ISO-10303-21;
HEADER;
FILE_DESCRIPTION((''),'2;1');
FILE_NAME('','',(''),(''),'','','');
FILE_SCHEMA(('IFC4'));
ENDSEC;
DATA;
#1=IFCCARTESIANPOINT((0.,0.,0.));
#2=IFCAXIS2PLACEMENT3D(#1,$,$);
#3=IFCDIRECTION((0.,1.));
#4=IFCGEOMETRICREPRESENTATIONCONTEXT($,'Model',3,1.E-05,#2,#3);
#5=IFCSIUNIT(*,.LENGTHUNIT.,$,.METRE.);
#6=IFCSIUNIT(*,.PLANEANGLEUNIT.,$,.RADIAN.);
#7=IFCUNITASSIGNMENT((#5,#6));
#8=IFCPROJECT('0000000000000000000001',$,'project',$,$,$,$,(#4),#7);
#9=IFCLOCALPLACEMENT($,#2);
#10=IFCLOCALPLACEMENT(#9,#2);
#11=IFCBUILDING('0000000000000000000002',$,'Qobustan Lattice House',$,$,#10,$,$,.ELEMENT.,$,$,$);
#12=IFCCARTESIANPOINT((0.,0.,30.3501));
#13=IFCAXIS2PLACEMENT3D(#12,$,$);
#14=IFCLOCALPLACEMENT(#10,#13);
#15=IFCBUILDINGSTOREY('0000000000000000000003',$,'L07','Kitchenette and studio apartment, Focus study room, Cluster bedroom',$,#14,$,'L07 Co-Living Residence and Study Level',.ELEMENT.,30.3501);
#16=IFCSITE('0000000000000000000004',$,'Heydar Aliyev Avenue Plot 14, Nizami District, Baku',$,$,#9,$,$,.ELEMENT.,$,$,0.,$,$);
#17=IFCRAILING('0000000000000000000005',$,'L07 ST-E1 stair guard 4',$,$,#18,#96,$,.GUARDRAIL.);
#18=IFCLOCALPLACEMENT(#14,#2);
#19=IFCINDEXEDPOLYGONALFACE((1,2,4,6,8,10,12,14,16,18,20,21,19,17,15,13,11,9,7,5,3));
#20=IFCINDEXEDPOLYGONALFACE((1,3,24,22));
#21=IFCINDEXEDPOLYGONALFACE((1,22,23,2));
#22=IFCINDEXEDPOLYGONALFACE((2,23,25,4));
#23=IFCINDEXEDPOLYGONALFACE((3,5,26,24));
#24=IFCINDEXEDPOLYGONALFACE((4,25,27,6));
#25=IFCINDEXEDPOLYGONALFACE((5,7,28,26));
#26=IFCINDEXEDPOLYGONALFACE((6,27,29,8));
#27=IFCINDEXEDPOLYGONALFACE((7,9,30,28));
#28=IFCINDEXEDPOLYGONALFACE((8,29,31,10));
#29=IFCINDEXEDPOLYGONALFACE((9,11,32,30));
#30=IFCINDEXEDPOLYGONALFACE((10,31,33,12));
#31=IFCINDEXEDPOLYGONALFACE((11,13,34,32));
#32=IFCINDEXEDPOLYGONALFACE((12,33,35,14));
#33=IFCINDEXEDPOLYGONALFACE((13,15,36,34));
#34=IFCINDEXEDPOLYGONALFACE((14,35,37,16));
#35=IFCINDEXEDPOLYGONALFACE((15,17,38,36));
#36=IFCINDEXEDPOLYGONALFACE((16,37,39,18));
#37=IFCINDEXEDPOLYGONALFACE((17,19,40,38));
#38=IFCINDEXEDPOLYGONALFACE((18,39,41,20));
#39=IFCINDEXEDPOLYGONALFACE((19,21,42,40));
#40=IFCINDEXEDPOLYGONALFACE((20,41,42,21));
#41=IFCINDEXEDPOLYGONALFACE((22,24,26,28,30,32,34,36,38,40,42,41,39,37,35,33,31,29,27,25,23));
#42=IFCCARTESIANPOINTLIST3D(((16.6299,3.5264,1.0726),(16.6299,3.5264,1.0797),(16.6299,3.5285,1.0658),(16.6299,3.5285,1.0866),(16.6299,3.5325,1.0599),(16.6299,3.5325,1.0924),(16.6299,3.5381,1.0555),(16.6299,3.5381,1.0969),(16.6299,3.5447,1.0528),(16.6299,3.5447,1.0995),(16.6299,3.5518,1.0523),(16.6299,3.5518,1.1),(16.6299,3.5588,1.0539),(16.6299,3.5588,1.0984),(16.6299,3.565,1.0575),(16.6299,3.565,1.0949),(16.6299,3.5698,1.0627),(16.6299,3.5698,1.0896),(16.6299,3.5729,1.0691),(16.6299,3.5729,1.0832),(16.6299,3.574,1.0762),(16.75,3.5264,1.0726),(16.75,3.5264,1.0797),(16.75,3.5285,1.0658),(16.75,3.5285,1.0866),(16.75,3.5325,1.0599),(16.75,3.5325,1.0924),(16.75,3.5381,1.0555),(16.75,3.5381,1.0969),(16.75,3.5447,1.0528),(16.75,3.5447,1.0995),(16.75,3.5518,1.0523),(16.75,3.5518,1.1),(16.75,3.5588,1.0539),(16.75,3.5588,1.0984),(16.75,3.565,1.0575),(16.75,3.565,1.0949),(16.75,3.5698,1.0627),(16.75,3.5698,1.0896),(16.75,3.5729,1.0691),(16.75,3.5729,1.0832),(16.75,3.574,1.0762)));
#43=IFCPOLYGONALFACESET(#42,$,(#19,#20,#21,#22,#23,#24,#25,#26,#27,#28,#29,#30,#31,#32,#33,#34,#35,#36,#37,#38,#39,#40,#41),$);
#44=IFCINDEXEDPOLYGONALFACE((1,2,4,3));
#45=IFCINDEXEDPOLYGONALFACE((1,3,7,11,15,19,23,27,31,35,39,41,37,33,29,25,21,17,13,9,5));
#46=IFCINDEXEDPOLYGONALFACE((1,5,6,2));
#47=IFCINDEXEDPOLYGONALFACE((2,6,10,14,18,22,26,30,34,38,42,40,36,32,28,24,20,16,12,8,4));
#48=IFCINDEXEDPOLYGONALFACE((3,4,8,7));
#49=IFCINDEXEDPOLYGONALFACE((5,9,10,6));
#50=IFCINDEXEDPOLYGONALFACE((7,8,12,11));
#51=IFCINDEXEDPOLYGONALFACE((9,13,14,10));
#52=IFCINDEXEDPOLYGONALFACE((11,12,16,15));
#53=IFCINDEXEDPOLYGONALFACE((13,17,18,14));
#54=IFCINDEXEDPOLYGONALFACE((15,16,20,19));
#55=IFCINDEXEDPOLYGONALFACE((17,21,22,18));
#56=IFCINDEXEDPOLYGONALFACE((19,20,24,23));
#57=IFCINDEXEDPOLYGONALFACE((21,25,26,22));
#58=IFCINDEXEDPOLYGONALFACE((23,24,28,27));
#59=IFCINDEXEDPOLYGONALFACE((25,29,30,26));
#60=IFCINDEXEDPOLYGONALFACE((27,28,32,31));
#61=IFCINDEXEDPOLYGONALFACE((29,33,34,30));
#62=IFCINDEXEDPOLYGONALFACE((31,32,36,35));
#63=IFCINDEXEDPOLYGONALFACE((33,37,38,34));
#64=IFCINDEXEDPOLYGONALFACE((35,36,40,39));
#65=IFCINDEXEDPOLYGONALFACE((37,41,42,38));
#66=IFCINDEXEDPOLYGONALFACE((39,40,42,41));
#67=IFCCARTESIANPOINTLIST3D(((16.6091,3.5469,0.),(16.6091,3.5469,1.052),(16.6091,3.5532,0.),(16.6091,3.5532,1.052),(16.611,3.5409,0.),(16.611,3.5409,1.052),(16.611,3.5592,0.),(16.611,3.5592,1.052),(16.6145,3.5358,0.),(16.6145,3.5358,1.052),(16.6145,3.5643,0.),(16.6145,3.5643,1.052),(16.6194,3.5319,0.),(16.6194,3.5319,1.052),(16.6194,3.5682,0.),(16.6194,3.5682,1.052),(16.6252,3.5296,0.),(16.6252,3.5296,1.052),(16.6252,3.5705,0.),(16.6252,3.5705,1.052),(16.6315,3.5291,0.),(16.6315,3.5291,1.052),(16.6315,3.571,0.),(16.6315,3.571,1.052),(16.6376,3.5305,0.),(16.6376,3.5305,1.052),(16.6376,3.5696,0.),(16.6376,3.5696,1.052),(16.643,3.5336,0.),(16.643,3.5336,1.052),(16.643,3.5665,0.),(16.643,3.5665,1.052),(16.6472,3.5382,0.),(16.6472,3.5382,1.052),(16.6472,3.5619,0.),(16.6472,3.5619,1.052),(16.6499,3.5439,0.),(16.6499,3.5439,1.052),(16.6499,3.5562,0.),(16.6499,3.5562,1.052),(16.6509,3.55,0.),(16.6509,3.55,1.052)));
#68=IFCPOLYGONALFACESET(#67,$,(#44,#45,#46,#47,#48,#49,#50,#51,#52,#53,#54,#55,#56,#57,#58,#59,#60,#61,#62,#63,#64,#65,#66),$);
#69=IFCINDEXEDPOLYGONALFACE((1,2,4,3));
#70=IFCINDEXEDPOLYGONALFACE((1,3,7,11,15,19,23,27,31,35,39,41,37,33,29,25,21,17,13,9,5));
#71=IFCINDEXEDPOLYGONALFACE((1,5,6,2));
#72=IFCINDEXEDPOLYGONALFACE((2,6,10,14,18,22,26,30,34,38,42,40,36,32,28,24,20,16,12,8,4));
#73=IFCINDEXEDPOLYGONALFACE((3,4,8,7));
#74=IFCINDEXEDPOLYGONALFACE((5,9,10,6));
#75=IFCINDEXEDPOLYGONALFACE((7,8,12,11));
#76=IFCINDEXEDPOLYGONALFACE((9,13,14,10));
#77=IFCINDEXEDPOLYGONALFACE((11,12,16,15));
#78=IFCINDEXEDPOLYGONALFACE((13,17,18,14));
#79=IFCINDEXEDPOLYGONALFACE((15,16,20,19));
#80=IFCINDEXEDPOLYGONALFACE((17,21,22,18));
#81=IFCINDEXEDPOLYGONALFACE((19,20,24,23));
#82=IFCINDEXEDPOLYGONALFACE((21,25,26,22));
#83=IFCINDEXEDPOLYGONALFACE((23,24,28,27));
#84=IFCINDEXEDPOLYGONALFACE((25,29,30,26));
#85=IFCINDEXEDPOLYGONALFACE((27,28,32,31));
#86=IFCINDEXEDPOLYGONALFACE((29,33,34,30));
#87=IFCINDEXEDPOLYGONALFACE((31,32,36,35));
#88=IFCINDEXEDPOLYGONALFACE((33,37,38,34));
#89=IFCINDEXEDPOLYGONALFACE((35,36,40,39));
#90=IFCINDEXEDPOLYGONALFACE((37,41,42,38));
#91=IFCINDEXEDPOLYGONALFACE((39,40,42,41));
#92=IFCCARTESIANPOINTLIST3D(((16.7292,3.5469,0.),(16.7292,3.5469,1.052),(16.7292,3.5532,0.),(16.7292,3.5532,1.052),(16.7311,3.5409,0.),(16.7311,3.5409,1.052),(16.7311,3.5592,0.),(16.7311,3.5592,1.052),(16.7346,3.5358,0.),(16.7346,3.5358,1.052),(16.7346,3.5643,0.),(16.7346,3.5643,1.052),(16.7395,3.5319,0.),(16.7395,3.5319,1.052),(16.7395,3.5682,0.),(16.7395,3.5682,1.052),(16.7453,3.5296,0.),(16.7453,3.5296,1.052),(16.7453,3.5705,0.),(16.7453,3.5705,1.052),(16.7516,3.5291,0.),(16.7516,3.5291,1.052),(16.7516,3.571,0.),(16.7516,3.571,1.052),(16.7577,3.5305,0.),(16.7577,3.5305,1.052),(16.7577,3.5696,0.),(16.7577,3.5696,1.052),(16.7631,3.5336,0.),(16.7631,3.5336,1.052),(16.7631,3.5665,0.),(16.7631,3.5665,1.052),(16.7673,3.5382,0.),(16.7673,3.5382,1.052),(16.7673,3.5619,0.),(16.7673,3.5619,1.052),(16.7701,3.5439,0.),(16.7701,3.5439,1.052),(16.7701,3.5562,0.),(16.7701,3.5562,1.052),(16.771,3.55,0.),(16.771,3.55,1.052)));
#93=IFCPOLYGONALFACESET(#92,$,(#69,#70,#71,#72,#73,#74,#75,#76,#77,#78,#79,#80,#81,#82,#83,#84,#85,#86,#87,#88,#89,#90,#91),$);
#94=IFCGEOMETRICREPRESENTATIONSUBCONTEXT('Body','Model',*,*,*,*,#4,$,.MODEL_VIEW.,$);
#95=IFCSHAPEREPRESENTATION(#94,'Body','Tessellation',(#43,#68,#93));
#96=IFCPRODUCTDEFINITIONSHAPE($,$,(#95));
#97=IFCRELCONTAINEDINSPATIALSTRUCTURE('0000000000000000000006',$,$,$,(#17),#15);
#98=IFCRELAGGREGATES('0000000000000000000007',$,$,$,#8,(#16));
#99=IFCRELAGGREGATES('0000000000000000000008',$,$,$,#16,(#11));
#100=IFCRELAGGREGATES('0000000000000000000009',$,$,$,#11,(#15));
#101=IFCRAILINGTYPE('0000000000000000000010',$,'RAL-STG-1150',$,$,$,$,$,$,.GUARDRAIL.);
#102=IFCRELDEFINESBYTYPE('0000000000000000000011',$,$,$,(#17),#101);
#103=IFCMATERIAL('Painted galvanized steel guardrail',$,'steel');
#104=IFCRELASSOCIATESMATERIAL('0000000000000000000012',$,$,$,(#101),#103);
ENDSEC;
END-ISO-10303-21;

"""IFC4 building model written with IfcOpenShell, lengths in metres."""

from ifc_helpers import new_model, si_unit, direction, frame, origin, origin_2d, place, context, subcontext, project, spatial, circle, extrude, material, type_object, element, save


model = new_model("IFC4")

# Units and contexts
model_context = context("Model", 3, precision=1e-05, world=origin(), true_north=direction((0.0, 1.0)))
body_context = subcontext(model_context, "Body", "Model", "MODEL_VIEW")
ifc_project = project(units=[si_unit("LENGTHUNIT", "METRE"), si_unit("PLANEANGLEUNIT", "RADIAN")], contexts=[model_context])

# Site, building, storey
site_placement = place(None, origin())
site = spatial("IfcSite", under=ifc_project, at=site_placement, Name="Heydar Aliyev Avenue Plot 14, Nizami District, Baku", CompositionType="ELEMENT", RefElevation=0.0)
building_placement = place(site_placement, origin())
building = spatial("IfcBuilding", under=site, at=building_placement, Name="Qobustan Lattice House", CompositionType="ELEMENT")
storey_placement = place(building_placement, frame((0.0, 0.0, 30.3501)))
storey = spatial("IfcBuildingStorey", under=building, at=storey_placement, Name="L07", Description="Kitchenette and studio apartment, Focus study room, Cluster bedroom", LongName="L07 Co-Living Residence and Study Level", CompositionType="ELEMENT", Elevation=30.3501)

# Railing
ifc_material_1 = material(Name="Painted galvanized steel guardrail", Category="steel")
railing_type_1 = type_object("IfcRailingType", Name="RAL-STG-1150", PredefinedType="GUARDRAIL", material=ifc_material_1)
railing_1_placement = place(storey_placement, frame((16.6299, 3.55, 0.0)))
element("IfcRailing", 1, at=railing_1_placement, inside=storey, type_object=railing_type_1, Name="L07 ST-E1 stair guard 4", PredefinedType="GUARDRAIL", context=body_context, shape_type="SweptSolid", body=[
    extrude(circle(Radius=0.0239, at=origin_2d()), frame((0.0, 0.0, 1.0762), z_axis=(1.0, 0.0, 0.0), x_axis=(0.0, 1.0, 0.0)), (0.0, 0.0, 1.0), 0.1201),
    extrude(circle(Radius=0.021, at=origin_2d()), origin(), (0.0, 0.0, 1.0), 1.052),
    extrude(circle(Radius=0.021, at=origin_2d()), frame((0.1201, 0.0, 0.0)), (0.0, 0.0, 1.0), 1.052),
])

save(model, "model.ifc")
